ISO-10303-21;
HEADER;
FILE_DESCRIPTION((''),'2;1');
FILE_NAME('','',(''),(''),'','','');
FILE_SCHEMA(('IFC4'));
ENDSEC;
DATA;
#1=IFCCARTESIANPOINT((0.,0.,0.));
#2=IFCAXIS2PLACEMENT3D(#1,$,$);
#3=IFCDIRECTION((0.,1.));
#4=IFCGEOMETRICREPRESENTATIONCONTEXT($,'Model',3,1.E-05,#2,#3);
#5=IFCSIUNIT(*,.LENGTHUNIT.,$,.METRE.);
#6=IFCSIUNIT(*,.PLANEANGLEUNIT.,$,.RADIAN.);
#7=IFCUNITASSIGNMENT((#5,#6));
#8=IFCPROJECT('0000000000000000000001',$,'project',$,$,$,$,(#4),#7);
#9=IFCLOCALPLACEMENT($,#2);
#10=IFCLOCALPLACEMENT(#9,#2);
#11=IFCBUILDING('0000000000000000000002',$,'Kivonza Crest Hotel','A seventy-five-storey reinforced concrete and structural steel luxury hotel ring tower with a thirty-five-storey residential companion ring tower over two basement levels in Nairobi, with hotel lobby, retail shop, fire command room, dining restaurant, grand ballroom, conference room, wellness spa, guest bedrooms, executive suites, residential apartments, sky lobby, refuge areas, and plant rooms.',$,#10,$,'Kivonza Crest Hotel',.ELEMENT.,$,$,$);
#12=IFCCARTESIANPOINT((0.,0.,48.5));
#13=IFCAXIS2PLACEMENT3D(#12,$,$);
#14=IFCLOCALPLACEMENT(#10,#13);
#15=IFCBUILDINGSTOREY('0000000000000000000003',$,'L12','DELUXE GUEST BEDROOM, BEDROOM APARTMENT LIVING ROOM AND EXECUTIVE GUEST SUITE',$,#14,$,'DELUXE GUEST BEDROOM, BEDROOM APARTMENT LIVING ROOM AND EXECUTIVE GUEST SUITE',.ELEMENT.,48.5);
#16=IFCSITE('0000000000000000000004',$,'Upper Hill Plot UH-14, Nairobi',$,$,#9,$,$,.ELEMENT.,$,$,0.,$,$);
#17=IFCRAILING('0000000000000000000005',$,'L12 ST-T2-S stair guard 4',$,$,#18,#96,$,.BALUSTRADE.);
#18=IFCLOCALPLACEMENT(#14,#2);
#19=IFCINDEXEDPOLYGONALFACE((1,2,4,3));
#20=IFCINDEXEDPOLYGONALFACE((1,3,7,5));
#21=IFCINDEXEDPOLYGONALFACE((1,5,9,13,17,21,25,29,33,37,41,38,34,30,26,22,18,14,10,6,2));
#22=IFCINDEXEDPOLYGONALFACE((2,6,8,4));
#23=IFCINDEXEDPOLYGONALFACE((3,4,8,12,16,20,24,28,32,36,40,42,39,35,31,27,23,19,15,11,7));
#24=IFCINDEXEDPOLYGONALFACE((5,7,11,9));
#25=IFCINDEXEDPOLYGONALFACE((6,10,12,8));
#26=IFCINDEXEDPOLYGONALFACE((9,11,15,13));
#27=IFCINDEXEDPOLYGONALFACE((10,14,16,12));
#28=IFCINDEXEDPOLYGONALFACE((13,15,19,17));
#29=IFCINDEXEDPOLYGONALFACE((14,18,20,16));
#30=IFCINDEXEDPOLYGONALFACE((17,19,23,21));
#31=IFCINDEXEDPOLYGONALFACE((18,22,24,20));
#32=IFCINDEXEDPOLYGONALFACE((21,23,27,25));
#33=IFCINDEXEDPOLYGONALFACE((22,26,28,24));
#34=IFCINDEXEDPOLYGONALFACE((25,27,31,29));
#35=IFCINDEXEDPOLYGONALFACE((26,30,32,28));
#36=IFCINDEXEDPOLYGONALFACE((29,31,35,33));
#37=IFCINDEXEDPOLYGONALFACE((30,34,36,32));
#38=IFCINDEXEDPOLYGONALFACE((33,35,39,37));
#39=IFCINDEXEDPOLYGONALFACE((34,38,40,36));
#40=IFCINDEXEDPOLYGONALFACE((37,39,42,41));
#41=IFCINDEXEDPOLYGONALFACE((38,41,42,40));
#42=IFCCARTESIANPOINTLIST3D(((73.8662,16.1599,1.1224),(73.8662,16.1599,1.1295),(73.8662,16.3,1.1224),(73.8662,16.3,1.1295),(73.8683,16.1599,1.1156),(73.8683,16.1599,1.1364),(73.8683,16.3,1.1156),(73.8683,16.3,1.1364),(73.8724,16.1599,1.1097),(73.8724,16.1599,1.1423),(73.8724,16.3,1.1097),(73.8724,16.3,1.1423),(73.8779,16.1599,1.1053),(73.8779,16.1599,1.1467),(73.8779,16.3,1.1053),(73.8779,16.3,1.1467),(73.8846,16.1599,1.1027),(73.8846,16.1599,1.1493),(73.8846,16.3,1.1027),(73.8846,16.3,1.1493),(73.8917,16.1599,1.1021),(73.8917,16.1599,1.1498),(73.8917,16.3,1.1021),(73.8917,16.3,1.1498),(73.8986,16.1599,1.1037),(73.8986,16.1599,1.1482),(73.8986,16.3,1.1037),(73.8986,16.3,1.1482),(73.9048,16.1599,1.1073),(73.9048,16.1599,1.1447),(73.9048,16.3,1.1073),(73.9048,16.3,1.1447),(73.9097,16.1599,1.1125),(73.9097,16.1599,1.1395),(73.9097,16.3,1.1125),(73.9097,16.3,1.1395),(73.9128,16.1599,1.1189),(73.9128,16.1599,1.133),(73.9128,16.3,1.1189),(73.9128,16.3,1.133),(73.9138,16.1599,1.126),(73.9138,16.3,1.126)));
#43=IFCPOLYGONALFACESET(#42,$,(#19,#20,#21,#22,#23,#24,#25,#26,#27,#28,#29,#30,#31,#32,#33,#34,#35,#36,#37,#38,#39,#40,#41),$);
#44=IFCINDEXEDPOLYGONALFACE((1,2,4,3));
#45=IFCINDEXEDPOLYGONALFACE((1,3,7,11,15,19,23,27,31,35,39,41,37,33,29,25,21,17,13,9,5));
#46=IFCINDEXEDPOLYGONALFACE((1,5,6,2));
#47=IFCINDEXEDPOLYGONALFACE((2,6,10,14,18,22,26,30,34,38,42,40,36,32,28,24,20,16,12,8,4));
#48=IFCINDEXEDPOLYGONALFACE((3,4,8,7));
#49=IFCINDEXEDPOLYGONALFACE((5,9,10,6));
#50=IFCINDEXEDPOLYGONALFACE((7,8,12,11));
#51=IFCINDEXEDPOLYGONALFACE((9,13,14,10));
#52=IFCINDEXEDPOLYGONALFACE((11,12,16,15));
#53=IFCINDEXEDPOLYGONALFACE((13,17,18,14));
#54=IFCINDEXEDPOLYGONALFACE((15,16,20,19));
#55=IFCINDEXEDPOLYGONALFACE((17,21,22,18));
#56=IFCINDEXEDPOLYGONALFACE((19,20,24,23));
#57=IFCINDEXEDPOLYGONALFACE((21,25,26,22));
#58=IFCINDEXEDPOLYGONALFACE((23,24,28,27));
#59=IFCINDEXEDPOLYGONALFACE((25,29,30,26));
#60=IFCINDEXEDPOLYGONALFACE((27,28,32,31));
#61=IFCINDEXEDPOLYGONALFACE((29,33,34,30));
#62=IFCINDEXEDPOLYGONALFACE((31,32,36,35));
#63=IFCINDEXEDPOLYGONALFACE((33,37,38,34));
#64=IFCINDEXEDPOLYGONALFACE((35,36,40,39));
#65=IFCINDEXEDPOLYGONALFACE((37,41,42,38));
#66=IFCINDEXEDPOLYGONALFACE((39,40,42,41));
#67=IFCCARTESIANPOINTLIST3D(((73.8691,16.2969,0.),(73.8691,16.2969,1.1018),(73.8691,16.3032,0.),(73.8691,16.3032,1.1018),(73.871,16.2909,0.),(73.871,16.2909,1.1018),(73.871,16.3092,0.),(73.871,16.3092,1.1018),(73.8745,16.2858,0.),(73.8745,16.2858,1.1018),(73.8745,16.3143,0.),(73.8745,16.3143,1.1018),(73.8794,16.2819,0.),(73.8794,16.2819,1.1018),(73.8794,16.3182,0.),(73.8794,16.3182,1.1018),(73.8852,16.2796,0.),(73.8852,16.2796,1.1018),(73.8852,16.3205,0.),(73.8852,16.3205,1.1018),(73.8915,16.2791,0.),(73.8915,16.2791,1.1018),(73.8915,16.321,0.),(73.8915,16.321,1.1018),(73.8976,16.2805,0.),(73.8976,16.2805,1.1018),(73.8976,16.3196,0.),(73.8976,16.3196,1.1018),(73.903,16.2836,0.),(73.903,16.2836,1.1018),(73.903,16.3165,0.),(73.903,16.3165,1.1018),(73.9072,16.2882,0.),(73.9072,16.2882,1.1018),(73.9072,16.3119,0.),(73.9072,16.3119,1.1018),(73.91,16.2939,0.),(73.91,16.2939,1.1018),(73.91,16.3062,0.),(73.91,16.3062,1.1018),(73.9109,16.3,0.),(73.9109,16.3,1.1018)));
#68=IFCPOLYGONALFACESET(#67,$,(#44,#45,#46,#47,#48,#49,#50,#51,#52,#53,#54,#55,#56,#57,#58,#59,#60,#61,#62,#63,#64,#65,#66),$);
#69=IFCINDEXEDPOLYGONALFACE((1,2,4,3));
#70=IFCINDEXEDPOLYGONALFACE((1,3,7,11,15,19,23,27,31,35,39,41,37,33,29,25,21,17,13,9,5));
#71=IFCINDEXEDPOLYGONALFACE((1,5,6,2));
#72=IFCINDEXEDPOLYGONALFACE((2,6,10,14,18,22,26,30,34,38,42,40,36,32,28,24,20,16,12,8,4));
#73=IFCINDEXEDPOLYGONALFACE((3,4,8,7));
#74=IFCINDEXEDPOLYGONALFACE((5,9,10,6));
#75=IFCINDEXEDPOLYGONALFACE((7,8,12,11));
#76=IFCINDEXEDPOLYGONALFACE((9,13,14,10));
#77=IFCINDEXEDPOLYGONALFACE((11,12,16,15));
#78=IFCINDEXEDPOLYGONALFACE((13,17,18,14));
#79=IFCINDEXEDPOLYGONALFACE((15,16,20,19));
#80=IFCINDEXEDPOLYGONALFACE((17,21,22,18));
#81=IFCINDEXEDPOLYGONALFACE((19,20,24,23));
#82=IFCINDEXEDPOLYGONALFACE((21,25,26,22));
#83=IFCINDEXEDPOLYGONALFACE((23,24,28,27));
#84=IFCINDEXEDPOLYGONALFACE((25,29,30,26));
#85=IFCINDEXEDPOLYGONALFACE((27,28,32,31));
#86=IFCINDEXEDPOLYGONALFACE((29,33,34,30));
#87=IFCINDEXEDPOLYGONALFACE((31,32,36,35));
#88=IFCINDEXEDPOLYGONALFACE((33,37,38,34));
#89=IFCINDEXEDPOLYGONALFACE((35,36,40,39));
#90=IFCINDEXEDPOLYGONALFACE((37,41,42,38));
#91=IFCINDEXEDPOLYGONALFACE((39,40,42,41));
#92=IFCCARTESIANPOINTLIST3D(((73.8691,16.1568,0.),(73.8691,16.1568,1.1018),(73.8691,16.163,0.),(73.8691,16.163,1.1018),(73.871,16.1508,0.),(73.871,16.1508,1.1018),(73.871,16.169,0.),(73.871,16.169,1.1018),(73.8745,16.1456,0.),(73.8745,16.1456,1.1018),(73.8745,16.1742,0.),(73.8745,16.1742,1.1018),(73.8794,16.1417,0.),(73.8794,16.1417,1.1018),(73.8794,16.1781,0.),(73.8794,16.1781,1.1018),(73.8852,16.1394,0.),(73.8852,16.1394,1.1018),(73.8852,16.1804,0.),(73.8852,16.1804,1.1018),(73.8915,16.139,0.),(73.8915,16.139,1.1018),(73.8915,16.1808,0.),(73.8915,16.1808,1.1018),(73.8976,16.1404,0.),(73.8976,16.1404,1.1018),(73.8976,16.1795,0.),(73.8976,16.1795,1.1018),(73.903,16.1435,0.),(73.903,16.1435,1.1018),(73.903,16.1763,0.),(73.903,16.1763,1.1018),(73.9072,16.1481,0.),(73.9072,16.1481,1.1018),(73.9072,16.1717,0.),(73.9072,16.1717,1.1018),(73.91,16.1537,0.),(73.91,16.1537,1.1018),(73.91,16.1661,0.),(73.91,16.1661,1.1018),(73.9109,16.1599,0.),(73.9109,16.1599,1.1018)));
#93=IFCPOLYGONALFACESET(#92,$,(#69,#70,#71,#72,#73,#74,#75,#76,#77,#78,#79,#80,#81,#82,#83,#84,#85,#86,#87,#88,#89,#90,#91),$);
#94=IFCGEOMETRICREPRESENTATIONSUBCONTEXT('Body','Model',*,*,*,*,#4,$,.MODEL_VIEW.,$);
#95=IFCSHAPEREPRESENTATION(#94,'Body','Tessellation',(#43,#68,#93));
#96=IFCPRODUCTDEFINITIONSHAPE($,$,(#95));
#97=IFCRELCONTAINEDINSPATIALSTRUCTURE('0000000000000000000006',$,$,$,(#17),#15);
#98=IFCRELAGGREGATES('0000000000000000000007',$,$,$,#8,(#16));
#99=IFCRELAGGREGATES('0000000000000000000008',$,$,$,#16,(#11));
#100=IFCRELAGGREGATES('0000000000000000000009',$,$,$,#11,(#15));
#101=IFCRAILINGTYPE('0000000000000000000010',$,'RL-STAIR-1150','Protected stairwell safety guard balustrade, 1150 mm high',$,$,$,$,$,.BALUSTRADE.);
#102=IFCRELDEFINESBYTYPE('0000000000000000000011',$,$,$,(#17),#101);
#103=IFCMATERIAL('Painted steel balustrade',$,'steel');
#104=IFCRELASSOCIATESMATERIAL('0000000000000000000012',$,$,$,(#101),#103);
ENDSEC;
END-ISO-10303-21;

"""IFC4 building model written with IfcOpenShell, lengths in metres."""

from ifc_helpers import new_model, si_unit, direction, frame, origin, origin_2d, place, context, subcontext, project, spatial, circle, extrude, material, type_object, element, save


model = new_model("IFC4")

# Units and contexts
model_context = context("Model", 3, precision=1e-05, world=origin(), true_north=direction((0.0, 1.0)))
body_context = subcontext(model_context, "Body", "Model", "MODEL_VIEW")
ifc_project = project(units=[si_unit("LENGTHUNIT", "METRE"), si_unit("PLANEANGLEUNIT", "RADIAN")], contexts=[model_context])

# Site, building, storey
site_placement = place(None, origin())
site = spatial("IfcSite", under=ifc_project, at=site_placement, Name="Upper Hill Plot UH-14, Nairobi", CompositionType="ELEMENT", RefElevation=0.0)
building_placement = place(site_placement, origin())
building = spatial("IfcBuilding", under=site, at=building_placement, Name="Kivonza Crest Hotel", Description="A seventy-five-storey reinforced concrete and structural steel luxury hotel ring tower with a thirty-five-storey residential companion ring tower over two basement levels in Nairobi, with hotel lobby, retail shop, fire command room, dining restaurant, grand ballroom, conference room, wellness spa, guest bedrooms, executive suites, residential apartments, sky lobby, refuge areas, and plant rooms.", LongName="Kivonza Crest Hotel", CompositionType="ELEMENT")
storey_placement = place(building_placement, frame((0.0, 0.0, 48.5)))
storey = spatial("IfcBuildingStorey", under=building, at=storey_placement, Name="L12", Description="DELUXE GUEST BEDROOM, BEDROOM APARTMENT LIVING ROOM AND EXECUTIVE GUEST SUITE", LongName="DELUXE GUEST BEDROOM, BEDROOM APARTMENT LIVING ROOM AND EXECUTIVE GUEST SUITE", CompositionType="ELEMENT", Elevation=48.5)

# Railing
ifc_material_1 = material(Name="Painted steel balustrade", Category="steel")
railing_type_1 = type_object("IfcRailingType", Name="RL-STAIR-1150", Description="Protected stairwell safety guard balustrade, 1150 mm high", PredefinedType="BALUSTRADE", material=ifc_material_1)
railing_1_placement = place(storey_placement, frame((73.8899, 16.3, 0.0)))
element("IfcRailing", 1, at=railing_1_placement, inside=storey, type_object=railing_type_1, Name="L12 ST-T2-S stair guard 4", PredefinedType="BALUSTRADE", context=body_context, shape_type="SweptSolid", body=[
    extrude(circle(Radius=0.0239, at=origin_2d()), frame((0.0, 0.0, 1.126), z_axis=(0.0, -1.0, 0.0), x_axis=(1.0, 0.0, 0.0)), (0.0, 0.0, 1.0), 0.1401),
    extrude(circle(Radius=0.021, at=origin_2d()), origin(), (0.0, 0.0, 1.0), 1.1018),
    extrude(circle(Radius=0.021, at=origin_2d()), frame((0.0, -0.1401, 0.0)), (0.0, 0.0, 1.0), 1.1018),
])

save(model, "model.ifc")
